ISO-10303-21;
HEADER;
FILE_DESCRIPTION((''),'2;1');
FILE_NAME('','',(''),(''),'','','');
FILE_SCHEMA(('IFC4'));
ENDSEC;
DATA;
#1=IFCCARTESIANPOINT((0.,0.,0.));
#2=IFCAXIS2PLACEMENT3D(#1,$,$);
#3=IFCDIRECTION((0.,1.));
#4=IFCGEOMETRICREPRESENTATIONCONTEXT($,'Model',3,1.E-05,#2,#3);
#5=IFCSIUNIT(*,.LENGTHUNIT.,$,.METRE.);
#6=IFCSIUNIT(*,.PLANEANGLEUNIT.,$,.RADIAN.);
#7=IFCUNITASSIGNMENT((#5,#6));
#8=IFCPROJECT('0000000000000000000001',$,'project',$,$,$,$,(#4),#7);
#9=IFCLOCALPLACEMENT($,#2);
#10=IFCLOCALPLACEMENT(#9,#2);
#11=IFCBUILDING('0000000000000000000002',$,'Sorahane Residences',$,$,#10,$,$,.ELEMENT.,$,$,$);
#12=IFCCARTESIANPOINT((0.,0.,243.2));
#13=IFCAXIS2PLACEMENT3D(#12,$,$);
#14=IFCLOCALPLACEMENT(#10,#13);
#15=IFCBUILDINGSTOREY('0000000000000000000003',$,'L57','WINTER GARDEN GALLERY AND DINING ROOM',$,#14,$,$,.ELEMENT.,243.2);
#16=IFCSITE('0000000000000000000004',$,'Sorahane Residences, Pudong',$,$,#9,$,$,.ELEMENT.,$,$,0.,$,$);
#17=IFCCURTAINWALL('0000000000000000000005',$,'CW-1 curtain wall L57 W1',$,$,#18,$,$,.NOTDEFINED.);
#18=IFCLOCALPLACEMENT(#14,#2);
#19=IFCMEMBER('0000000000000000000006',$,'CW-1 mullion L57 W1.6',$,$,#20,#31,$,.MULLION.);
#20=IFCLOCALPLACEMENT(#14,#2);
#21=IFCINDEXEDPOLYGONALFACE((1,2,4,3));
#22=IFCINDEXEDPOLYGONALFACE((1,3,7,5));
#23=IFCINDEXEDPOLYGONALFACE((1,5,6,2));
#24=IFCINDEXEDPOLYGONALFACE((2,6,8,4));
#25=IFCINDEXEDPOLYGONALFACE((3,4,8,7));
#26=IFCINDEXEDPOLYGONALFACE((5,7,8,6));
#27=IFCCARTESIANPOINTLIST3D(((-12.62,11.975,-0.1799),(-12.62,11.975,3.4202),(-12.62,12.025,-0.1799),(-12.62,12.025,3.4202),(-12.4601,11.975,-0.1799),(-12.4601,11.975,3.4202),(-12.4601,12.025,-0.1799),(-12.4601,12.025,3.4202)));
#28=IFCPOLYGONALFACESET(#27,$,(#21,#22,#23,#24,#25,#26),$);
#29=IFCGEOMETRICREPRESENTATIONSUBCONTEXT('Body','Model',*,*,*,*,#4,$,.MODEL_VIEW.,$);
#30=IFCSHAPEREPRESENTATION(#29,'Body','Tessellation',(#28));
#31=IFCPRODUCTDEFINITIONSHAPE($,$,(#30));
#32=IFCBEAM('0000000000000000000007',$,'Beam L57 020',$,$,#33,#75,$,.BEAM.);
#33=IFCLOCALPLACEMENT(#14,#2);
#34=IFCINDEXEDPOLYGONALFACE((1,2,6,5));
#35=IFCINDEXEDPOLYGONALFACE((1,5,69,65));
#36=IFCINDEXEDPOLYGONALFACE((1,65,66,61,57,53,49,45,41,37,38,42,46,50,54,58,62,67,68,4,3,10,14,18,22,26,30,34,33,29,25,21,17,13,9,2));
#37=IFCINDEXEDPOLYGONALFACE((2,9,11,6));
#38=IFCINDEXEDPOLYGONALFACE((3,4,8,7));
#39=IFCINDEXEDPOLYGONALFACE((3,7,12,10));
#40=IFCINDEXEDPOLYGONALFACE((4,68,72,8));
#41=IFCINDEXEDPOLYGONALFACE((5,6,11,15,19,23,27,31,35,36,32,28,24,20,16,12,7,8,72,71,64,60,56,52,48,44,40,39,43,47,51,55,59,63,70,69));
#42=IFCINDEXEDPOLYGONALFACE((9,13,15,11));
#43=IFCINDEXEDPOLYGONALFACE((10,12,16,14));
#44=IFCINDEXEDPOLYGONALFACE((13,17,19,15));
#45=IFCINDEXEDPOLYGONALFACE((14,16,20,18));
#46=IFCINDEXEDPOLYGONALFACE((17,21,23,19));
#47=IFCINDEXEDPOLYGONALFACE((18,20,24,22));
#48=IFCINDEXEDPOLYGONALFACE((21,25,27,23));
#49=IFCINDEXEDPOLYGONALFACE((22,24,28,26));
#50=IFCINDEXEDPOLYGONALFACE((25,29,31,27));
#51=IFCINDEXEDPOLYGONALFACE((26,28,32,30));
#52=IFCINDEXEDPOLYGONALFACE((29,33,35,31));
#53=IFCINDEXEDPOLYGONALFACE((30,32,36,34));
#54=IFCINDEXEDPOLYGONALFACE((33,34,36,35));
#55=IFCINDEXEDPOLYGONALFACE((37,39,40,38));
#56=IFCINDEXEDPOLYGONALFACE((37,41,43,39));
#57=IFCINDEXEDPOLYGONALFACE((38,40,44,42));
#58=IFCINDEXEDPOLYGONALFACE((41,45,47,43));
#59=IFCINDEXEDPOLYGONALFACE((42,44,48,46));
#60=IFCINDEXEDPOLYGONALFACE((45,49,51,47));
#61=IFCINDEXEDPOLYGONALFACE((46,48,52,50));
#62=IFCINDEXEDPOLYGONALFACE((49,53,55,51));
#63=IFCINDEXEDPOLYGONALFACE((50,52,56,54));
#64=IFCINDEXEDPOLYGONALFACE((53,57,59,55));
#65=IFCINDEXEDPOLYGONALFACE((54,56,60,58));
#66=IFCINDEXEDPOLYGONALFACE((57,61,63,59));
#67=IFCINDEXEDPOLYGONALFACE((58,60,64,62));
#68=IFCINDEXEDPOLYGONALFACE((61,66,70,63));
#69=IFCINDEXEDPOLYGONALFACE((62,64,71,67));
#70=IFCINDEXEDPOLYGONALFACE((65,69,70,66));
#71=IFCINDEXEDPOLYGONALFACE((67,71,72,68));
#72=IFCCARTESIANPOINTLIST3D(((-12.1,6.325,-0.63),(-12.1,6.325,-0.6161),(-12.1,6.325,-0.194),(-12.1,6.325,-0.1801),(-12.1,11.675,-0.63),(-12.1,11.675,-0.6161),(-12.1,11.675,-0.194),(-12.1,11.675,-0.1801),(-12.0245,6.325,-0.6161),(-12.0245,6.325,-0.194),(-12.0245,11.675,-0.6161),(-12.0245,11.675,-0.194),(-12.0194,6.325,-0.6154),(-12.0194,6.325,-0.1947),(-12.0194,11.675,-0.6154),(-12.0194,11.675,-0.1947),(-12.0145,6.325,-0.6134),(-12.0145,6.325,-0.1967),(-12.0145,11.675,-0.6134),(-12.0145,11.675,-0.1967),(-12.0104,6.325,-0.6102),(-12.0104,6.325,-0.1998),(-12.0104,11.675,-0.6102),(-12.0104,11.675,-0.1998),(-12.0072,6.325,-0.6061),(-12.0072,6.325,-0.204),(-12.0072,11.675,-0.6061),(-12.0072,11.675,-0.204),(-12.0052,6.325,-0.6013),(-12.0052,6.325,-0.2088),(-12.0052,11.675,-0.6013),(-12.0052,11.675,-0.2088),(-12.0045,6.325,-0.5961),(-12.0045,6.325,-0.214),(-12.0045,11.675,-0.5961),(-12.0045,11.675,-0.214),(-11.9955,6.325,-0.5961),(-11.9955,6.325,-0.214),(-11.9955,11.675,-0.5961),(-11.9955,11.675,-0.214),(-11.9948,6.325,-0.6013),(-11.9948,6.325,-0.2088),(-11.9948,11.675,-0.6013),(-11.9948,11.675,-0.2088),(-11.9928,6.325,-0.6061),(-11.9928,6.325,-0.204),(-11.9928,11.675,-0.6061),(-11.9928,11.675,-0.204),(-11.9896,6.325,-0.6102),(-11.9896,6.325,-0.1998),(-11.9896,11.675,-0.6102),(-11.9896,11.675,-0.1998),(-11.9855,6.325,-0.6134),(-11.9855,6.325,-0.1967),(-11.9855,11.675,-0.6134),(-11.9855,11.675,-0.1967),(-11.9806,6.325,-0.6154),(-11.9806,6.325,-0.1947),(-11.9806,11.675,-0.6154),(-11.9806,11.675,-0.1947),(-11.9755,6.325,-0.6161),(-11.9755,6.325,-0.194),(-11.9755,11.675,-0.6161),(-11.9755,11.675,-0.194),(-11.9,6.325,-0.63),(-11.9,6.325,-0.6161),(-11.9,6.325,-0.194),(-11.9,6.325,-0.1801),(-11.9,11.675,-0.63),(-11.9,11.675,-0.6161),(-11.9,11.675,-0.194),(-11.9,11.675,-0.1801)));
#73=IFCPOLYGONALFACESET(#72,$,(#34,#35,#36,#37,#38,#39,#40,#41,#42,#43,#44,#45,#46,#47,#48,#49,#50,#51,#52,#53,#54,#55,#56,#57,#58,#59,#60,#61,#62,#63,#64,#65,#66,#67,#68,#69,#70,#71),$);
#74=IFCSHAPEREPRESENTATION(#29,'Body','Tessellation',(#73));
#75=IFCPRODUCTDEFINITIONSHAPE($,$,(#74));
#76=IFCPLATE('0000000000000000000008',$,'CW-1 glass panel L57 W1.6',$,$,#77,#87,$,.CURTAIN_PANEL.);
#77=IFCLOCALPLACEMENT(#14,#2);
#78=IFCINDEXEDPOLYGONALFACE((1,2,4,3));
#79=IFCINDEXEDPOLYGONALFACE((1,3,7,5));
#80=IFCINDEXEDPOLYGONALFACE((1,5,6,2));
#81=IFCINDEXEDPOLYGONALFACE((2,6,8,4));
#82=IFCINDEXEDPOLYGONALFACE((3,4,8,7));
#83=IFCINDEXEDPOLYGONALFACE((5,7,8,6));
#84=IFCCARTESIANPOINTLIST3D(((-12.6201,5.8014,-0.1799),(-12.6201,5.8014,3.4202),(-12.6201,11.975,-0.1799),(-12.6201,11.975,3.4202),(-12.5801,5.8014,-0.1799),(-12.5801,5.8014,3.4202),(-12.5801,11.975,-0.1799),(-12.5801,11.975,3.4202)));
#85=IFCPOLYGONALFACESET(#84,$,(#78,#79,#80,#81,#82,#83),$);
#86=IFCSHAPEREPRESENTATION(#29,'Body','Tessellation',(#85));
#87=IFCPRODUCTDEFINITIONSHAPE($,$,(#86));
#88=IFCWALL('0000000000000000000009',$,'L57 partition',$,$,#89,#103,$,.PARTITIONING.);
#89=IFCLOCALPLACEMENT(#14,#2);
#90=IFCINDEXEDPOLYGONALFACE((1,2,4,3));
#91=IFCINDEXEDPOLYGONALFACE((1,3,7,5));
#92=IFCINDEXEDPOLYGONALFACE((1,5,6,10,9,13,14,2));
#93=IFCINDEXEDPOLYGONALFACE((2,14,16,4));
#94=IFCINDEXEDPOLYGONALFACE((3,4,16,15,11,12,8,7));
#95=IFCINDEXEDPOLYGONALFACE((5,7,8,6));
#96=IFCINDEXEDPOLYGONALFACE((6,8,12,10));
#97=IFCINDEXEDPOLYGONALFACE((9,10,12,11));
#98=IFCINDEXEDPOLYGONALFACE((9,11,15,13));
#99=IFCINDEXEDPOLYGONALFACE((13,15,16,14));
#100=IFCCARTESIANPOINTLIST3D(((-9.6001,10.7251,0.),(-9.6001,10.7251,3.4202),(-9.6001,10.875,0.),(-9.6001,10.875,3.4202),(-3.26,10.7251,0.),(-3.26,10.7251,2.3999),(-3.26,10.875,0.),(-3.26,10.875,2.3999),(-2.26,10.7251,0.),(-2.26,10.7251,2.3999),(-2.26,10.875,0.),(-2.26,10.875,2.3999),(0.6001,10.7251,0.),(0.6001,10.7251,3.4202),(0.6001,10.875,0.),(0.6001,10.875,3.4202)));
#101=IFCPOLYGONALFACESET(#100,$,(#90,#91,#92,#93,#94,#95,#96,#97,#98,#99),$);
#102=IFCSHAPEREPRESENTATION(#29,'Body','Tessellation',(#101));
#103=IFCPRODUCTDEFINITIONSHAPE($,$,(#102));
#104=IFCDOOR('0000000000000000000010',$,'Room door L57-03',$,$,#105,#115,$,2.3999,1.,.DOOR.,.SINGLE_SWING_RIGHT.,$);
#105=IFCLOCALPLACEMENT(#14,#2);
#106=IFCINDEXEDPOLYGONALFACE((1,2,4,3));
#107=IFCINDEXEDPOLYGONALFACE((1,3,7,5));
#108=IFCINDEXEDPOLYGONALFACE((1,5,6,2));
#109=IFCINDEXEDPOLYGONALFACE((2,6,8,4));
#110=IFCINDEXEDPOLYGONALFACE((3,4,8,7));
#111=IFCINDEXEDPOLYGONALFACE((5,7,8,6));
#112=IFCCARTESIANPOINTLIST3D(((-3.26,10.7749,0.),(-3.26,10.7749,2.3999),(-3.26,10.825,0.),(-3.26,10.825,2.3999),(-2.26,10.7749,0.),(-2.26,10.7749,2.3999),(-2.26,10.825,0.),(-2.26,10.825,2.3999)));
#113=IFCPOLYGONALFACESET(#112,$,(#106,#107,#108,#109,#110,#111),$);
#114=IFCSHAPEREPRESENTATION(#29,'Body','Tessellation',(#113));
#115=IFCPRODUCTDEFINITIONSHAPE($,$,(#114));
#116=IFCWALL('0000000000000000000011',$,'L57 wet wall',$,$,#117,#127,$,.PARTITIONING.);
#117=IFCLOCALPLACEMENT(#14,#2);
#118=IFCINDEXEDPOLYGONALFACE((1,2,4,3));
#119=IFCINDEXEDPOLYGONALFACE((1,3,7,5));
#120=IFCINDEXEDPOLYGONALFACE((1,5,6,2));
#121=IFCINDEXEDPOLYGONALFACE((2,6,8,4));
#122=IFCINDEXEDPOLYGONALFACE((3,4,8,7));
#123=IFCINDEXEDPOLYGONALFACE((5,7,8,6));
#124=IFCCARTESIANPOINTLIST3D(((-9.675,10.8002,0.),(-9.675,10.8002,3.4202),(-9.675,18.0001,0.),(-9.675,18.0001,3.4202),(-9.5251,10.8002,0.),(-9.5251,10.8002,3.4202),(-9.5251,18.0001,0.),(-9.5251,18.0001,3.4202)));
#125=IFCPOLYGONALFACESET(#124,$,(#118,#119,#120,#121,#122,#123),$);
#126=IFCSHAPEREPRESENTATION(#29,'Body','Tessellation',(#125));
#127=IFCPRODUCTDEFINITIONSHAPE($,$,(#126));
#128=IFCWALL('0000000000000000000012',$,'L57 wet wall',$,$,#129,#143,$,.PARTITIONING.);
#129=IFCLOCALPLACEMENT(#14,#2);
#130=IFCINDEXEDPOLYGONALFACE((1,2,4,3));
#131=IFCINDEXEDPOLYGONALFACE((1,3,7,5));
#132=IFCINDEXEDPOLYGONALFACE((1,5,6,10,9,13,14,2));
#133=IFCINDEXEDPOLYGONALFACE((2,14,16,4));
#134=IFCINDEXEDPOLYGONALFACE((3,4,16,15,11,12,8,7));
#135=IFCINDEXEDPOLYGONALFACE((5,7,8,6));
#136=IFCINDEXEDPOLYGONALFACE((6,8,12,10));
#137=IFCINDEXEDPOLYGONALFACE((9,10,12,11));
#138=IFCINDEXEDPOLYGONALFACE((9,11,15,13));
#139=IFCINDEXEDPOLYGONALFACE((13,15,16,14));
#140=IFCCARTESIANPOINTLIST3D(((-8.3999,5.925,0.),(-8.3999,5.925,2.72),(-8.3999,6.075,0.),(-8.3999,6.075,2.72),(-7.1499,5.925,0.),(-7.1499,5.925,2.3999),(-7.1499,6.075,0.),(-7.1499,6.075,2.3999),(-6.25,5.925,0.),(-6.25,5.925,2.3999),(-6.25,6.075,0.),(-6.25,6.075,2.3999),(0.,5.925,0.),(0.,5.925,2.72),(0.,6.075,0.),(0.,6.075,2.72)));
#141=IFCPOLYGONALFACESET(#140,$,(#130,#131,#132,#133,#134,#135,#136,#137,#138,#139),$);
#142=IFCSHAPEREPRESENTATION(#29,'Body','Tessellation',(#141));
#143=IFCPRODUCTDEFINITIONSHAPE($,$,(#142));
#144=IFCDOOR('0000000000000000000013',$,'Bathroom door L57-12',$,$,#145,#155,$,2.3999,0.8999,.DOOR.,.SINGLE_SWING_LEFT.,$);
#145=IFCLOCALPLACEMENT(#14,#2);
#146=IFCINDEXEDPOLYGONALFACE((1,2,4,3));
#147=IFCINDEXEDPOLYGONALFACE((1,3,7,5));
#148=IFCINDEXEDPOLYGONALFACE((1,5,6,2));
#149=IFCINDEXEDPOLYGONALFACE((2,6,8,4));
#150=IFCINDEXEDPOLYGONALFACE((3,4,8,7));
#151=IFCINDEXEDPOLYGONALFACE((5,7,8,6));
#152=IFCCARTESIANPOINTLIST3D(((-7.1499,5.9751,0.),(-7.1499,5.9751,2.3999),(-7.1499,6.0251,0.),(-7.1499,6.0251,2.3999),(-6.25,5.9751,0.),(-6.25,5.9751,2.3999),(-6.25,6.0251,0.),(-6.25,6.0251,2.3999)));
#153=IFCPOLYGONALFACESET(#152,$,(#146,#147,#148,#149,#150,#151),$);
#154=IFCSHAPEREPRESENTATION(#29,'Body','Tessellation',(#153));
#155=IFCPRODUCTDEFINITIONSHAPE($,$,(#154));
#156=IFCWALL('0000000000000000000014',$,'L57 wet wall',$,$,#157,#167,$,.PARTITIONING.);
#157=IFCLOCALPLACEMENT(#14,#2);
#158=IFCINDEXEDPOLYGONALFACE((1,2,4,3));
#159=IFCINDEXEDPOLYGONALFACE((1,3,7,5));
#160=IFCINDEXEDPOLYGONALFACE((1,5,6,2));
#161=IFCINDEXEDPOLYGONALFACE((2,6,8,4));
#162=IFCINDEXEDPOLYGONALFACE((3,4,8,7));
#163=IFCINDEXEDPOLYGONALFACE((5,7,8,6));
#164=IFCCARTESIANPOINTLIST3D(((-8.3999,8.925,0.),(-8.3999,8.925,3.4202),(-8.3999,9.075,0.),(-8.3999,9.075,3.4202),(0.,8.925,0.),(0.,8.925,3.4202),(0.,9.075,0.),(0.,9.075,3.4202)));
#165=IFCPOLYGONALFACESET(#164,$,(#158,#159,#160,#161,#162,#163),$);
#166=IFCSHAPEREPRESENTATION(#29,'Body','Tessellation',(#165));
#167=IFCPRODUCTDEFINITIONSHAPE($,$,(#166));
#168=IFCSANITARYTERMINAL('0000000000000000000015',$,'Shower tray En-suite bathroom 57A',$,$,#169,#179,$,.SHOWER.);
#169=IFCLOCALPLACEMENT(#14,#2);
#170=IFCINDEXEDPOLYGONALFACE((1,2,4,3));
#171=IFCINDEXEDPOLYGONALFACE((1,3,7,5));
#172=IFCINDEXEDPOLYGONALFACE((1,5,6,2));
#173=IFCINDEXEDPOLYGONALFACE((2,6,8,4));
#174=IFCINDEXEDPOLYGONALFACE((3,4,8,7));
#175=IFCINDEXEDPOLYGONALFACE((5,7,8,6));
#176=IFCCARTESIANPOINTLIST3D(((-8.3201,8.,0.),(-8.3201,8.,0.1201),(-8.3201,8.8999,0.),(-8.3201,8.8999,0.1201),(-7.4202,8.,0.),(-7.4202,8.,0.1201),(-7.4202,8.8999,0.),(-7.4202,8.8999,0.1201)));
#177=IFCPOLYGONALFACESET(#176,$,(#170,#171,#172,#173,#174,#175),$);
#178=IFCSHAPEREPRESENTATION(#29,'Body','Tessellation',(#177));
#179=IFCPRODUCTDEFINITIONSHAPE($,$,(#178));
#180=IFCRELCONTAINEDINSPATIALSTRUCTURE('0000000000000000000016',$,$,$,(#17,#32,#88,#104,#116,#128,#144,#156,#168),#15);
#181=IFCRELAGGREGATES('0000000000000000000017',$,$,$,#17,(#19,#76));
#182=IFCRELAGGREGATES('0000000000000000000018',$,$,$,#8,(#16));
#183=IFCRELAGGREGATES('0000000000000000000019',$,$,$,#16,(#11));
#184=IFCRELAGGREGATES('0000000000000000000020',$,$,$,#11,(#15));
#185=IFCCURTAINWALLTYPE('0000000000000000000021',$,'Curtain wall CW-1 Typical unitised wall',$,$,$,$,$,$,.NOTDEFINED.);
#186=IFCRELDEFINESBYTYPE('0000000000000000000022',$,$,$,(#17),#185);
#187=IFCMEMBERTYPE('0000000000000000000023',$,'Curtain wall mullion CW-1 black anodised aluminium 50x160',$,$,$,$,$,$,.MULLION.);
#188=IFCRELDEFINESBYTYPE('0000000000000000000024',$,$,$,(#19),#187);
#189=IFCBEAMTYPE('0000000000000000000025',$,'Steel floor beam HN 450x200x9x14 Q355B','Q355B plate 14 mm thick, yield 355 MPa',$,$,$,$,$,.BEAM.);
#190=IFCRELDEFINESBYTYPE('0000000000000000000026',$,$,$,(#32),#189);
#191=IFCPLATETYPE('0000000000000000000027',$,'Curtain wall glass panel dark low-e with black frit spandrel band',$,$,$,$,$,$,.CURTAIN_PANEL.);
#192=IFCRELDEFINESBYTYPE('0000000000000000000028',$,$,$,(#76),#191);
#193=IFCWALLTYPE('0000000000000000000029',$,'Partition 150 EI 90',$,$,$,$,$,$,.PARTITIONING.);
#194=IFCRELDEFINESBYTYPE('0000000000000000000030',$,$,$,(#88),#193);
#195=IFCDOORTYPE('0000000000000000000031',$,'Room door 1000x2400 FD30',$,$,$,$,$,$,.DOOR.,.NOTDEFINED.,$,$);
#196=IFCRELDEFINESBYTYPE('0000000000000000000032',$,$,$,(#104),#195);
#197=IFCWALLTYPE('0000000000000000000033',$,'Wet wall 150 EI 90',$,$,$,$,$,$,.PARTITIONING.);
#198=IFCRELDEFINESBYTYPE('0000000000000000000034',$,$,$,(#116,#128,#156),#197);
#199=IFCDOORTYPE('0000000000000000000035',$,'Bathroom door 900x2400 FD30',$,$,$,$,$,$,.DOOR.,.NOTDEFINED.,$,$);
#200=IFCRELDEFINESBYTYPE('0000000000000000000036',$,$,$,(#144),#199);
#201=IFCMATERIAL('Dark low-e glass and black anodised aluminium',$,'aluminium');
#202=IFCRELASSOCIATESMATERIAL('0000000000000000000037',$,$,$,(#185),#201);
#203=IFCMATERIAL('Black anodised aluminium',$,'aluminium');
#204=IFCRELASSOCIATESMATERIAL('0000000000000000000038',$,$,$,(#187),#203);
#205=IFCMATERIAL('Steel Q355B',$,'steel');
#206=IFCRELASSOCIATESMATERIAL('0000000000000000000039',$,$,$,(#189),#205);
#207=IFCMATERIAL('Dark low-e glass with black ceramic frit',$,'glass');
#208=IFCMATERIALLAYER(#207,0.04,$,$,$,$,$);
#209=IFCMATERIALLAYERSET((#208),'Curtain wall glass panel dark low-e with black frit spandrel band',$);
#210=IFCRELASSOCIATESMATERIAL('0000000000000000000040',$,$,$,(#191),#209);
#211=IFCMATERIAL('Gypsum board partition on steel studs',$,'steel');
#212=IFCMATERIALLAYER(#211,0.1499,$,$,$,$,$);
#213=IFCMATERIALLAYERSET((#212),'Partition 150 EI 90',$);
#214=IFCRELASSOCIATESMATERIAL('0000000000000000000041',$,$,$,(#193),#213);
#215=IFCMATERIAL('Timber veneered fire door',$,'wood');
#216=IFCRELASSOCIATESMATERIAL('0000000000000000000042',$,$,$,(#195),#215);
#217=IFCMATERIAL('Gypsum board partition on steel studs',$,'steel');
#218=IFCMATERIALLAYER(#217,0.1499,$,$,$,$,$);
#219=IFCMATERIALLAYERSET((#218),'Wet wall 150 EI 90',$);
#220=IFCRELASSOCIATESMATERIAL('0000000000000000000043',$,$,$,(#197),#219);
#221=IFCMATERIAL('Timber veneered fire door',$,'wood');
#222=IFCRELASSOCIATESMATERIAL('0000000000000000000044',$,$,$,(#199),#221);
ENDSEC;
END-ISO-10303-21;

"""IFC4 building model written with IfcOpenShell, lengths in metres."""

from ifc_helpers import new_model, si_unit, direction, frame, frame_2d, origin, origin_2d, place, context, subcontext, project, spatial, rectangle, i_section, extrude, material, layer, layer_set, material_profile, profile_set, type_object, element, fill, aggregate, save


model = new_model("IFC4")

# Units and contexts
model_context = context("Model", 3, precision=1e-05, world=origin(), true_north=direction((0.0, 1.0)))
body_context = subcontext(model_context, "Body", "Model", "MODEL_VIEW")
ifc_project = project(units=[si_unit("LENGTHUNIT", "METRE"), si_unit("PLANEANGLEUNIT", "RADIAN")], contexts=[model_context])

# Site, building, storey
site_placement = place(None, origin())
site = spatial("IfcSite", under=ifc_project, at=site_placement, Name="Sorahane Residences, Pudong", CompositionType="ELEMENT", RefElevation=0.0)
building_placement = place(site_placement, origin())
building = spatial("IfcBuilding", under=site, at=building_placement, Name="Sorahane Residences", CompositionType="ELEMENT")
storey_placement = place(building_placement, frame((0.0, 0.0, 243.2)))
storey = spatial("IfcBuildingStorey", under=building, at=storey_placement, Name="L57", Description="WINTER GARDEN GALLERY AND DINING ROOM", CompositionType="ELEMENT", Elevation=243.2)

# Curtain wall, member
ifc_material_1 = material(Name="Dark low-e glass and black anodised aluminium", Category="aluminium")
curtain_wall_type = type_object("IfcCurtainWallType", Name="Curtain wall CW-1 Typical unitised wall", PredefinedType="NOTDEFINED", material=ifc_material_1)
curtain_wall_placement = place(storey_placement, origin())
curtain_wall = element("IfcCurtainWall", 1, at=curtain_wall_placement, inside=storey, type_object=curtain_wall_type, Name="CW-1 curtain wall L57 W1", PredefinedType="NOTDEFINED")
ifc_material_2 = material(Name="Black anodised aluminium", Category="aluminium")
ifc_material_profile_1 = material_profile(ifc_material_2, rectangle(XDim=0.1599, YDim=0.05, at=origin_2d()), Name="Curtain wall mullion CW-1 black anodised aluminium 50x160")
ifc_profile_set_1 = profile_set([ifc_material_profile_1], Name="Black anodised aluminium")
member_type = type_object("IfcMemberType", Name="Curtain wall mullion CW-1 black anodised aluminium 50x160", PredefinedType="MULLION", material=ifc_profile_set_1)
member_placement = place(storey_placement, frame((-12.54, 12.0, -0.1799), z_axis=(0.0, 0.0, 1.0), x_axis=(-1.0, 0.0, 0.0)))
member = element("IfcMember", 2, at=member_placement, type_object=member_type, Name="CW-1 mullion L57 W1.6", PredefinedType="MULLION", context=body_context, shape_type="SweptSolid", body=[
    extrude(rectangle(XDim=0.1599, YDim=0.05, at=origin_2d()), origin(), (0.0, 0.0, 1.0), 3.6001),
])

# Beam
ifc_material_3 = material(Name="Steel Q355B", Category="steel")
ifc_material_profile_2 = material_profile(ifc_material_3, i_section(OverallWidth=0.2, OverallDepth=0.45, WebThickness=0.009, FlangeThickness=0.0139, FilletRadius=0.02, at=origin_2d()), Name="HN 450x200x9x14")
ifc_profile_set_2 = profile_set([ifc_material_profile_2], Name="Steel Q355B")
beam_type = type_object("IfcBeamType", Name="Steel floor beam HN 450x200x9x14 Q355B", Description="Q355B plate 14 mm thick, yield 355 MPa", PredefinedType="BEAM", material=ifc_profile_set_2)
beam_placement = place(storey_placement, frame((-12.0, 6.325, -0.405), z_axis=(0.0, 1.0, 0.0), x_axis=(-1.0, 0.0, 0.0)))
element("IfcBeam", 3, at=beam_placement, inside=storey, type_object=beam_type, Name="Beam L57 020", PredefinedType="BEAM", context=body_context, shape_type="SweptSolid", body=[
    extrude(i_section(OverallWidth=0.2, OverallDepth=0.45, WebThickness=0.009, FlangeThickness=0.0139, FilletRadius=0.02, at=origin_2d()), origin(), (0.0, 0.0, 1.0), 5.3501),
])

# Plate
ifc_material_4 = material(Name="Dark low-e glass with black ceramic frit", Category="glass")
ifc_layer_1 = layer(ifc_material_4, 0.04)
ifc_layer_set_1 = layer_set([ifc_layer_1], Name="Curtain wall glass panel dark low-e with black frit spandrel band")
plate_type = type_object("IfcPlateType", Name="Curtain wall glass panel dark low-e with black frit spandrel band", PredefinedType="CURTAIN_PANEL", material=ifc_layer_set_1)
plate_placement = place(storey_placement, frame((-12.6001, 8.8882, -0.1799), z_axis=(0.0, 0.0, 1.0), x_axis=(0.0, -1.0, 0.0)))
plate = element("IfcPlate", 4, at=plate_placement, type_object=plate_type, Name="CW-1 glass panel L57 W1.6", PredefinedType="CURTAIN_PANEL", context=body_context, shape_type="SweptSolid", body=[
    extrude(rectangle(XDim=6.1736, YDim=0.04, at=origin_2d()), origin(), (0.0, 0.0, 1.0), 3.6001),
])
aggregate(curtain_wall, [member, plate])

# Wall, opening, door
ifc_material_5 = material(Name="Gypsum board partition on steel studs", Category="steel")
ifc_layer_2 = layer(ifc_material_5, 0.1499)
ifc_layer_set_2 = layer_set([ifc_layer_2], Name="Partition 150 EI 90")
wall_type_1 = type_object("IfcWallType", Name="Partition 150 EI 90", PredefinedType="PARTITIONING", material=ifc_layer_set_2)
wall_1_placement = place(storey_placement, frame((-9.6001, 10.8, 0.0), z_axis=(0.0, 0.0, 1.0), x_axis=(1.0, 0.0, 0.0)))
wall_1 = element("IfcWall", 5, at=wall_1_placement, inside=storey, type_object=wall_type_1, Name="L57 partition", PredefinedType="PARTITIONING", context=body_context, shape_type="SweptSolid", body=[
    extrude(rectangle(XDim=10.2002, YDim=0.1499, at=frame_2d((5.1001, 0.0))), origin(), (0.0, 0.0, 1.0), 3.4202),
])
opening_1_placement = place(wall_1_placement, frame((6.3401, 0.0, 0.0)))
opening_1 = element("IfcOpeningElement", 6, at=opening_1_placement, cuts=wall_1, PredefinedType="OPENING", context=body_context, shape_type="SweptSolid", body=[
    extrude(rectangle(XDim=1.0, YDim=2.3999, at=frame_2d((0.5, 1.2))), frame((0.0, 0.085, 0.0), z_axis=(0.0, -1.0, 0.0), x_axis=(1.0, 0.0, 0.0)), (0.0, 0.0, 1.0), 0.1699),
])
ifc_material_6 = material(Name="Timber veneered fire door", Category="wood")
door_type_1 = type_object("IfcDoorType", Name="Room door 1000x2400 FD30", OperationType="NOTDEFINED", PredefinedType="DOOR", material=ifc_material_6)
door_1_placement = place(opening_1_placement, origin())
door_1 = element("IfcDoor", 7, at=door_1_placement, inside=storey, type_object=door_type_1, Name="Room door L57-03", OperationType="SINGLE_SWING_RIGHT", OverallHeight=2.3999, OverallWidth=1.0, PredefinedType="DOOR", context=body_context, shape_type="SweptSolid", body=[
    extrude(rectangle(XDim=1.0, YDim=2.3999, at=frame_2d((0.5, 1.2))), frame((0.0, 0.0249, 0.0), z_axis=(0.0, -1.0, 0.0), x_axis=(1.0, 0.0, 0.0)), (0.0, 0.0, 1.0), 0.05),
])
fill(opening_1, door_1)

# Wall
ifc_material_7 = material(Name="Gypsum board partition on steel studs", Category="steel")
ifc_layer_3 = layer(ifc_material_7, 0.1499)
ifc_layer_set_3 = layer_set([ifc_layer_3], Name="Wet wall 150 EI 90")
wall_type_2 = type_object("IfcWallType", Name="Wet wall 150 EI 90", PredefinedType="PARTITIONING", material=ifc_layer_set_3)
wall_2_placement = place(storey_placement, frame((-9.6001, 10.8, 0.0), z_axis=(0.0, 0.0, 1.0), x_axis=(0.0, 1.0, 0.0)))
element("IfcWall", 8, at=wall_2_placement, inside=storey, type_object=wall_type_2, Name="L57 wet wall", PredefinedType="PARTITIONING", context=body_context, shape_type="SweptSolid", body=[
    extrude(rectangle(XDim=7.2, YDim=0.1499, at=frame_2d((3.6001, 0.0))), origin(), (0.0, 0.0, 1.0), 3.4202),
])

# Wall, opening, door
ifc_material_8 = material(Name="Timber veneered fire door", Category="wood")
door_type_2 = type_object("IfcDoorType", Name="Bathroom door 900x2400 FD30", OperationType="NOTDEFINED", PredefinedType="DOOR", material=ifc_material_8)
wall_3_placement = place(storey_placement, frame((-8.3999, 6.0, 0.0), z_axis=(0.0, 0.0, 1.0), x_axis=(1.0, 0.0, 0.0)))
wall_3 = element("IfcWall", 9, at=wall_3_placement, inside=storey, type_object=wall_type_2, Name="L57 wet wall", PredefinedType="PARTITIONING", context=body_context, shape_type="SweptSolid", body=[
    extrude(rectangle(XDim=8.3999, YDim=0.1499, at=frame_2d((4.2, 0.0))), origin(), (0.0, 0.0, 1.0), 2.72),
])
opening_2_placement = place(wall_3_placement, frame((1.25, 0.0, 0.0)))
opening_2 = element("IfcOpeningElement", 10, at=opening_2_placement, cuts=wall_3, PredefinedType="OPENING", context=body_context, shape_type="SweptSolid", body=[
    extrude(rectangle(XDim=0.8999, YDim=2.3999, at=frame_2d((0.45, 1.2))), frame((0.0, 0.085, 0.0), z_axis=(0.0, -1.0, 0.0), x_axis=(1.0, 0.0, 0.0)), (0.0, 0.0, 1.0), 0.1699),
])
door_2_placement = place(opening_2_placement, frame((0.8999, 0.0, 0.0), z_axis=(0.0, 0.0, 1.0), x_axis=(-1.0, 0.0, 0.0)))
door_2 = element("IfcDoor", 11, at=door_2_placement, inside=storey, type_object=door_type_2, Name="Bathroom door L57-12", OperationType="SINGLE_SWING_LEFT", OverallHeight=2.3999, OverallWidth=0.8999, PredefinedType="DOOR", context=body_context, shape_type="SweptSolid", body=[
    extrude(rectangle(XDim=0.8999, YDim=2.3999, at=frame_2d((0.45, 1.2))), frame((0.0, 0.0249, 0.0), z_axis=(0.0, -1.0, 0.0), x_axis=(1.0, 0.0, 0.0)), (0.0, 0.0, 1.0), 0.05),
])
fill(opening_2, door_2)

# Wall
wall_4_placement = place(storey_placement, frame((-8.3999, 9.0, 0.0), z_axis=(0.0, 0.0, 1.0), x_axis=(1.0, 0.0, 0.0)))
element("IfcWall", 12, at=wall_4_placement, inside=storey, type_object=wall_type_2, Name="L57 wet wall", PredefinedType="PARTITIONING", context=body_context, shape_type="SweptSolid", body=[
    extrude(rectangle(XDim=8.3999, YDim=0.1499, at=frame_2d((4.2, 0.0))), origin(), (0.0, 0.0, 1.0), 3.4202),
])

# Sanitary terminal
sanitary_terminal_1_placement = place(storey_placement, frame((-7.8701, 8.45, 0.0), z_axis=(0.0, 0.0, 1.0), x_axis=(1.0, 0.0, 0.0)))
element("IfcSanitaryTerminal", 13, at=sanitary_terminal_1_placement, inside=storey, Name="Shower tray En-suite bathroom 57A", PredefinedType="SHOWER", context=body_context, shape_type="SweptSolid", body=[
    extrude(rectangle(XDim=0.8999, YDim=0.8999, at=origin_2d()), origin(), (0.0, 0.0, 1.0), 0.1201),
])

save(model, "model.ifc")
